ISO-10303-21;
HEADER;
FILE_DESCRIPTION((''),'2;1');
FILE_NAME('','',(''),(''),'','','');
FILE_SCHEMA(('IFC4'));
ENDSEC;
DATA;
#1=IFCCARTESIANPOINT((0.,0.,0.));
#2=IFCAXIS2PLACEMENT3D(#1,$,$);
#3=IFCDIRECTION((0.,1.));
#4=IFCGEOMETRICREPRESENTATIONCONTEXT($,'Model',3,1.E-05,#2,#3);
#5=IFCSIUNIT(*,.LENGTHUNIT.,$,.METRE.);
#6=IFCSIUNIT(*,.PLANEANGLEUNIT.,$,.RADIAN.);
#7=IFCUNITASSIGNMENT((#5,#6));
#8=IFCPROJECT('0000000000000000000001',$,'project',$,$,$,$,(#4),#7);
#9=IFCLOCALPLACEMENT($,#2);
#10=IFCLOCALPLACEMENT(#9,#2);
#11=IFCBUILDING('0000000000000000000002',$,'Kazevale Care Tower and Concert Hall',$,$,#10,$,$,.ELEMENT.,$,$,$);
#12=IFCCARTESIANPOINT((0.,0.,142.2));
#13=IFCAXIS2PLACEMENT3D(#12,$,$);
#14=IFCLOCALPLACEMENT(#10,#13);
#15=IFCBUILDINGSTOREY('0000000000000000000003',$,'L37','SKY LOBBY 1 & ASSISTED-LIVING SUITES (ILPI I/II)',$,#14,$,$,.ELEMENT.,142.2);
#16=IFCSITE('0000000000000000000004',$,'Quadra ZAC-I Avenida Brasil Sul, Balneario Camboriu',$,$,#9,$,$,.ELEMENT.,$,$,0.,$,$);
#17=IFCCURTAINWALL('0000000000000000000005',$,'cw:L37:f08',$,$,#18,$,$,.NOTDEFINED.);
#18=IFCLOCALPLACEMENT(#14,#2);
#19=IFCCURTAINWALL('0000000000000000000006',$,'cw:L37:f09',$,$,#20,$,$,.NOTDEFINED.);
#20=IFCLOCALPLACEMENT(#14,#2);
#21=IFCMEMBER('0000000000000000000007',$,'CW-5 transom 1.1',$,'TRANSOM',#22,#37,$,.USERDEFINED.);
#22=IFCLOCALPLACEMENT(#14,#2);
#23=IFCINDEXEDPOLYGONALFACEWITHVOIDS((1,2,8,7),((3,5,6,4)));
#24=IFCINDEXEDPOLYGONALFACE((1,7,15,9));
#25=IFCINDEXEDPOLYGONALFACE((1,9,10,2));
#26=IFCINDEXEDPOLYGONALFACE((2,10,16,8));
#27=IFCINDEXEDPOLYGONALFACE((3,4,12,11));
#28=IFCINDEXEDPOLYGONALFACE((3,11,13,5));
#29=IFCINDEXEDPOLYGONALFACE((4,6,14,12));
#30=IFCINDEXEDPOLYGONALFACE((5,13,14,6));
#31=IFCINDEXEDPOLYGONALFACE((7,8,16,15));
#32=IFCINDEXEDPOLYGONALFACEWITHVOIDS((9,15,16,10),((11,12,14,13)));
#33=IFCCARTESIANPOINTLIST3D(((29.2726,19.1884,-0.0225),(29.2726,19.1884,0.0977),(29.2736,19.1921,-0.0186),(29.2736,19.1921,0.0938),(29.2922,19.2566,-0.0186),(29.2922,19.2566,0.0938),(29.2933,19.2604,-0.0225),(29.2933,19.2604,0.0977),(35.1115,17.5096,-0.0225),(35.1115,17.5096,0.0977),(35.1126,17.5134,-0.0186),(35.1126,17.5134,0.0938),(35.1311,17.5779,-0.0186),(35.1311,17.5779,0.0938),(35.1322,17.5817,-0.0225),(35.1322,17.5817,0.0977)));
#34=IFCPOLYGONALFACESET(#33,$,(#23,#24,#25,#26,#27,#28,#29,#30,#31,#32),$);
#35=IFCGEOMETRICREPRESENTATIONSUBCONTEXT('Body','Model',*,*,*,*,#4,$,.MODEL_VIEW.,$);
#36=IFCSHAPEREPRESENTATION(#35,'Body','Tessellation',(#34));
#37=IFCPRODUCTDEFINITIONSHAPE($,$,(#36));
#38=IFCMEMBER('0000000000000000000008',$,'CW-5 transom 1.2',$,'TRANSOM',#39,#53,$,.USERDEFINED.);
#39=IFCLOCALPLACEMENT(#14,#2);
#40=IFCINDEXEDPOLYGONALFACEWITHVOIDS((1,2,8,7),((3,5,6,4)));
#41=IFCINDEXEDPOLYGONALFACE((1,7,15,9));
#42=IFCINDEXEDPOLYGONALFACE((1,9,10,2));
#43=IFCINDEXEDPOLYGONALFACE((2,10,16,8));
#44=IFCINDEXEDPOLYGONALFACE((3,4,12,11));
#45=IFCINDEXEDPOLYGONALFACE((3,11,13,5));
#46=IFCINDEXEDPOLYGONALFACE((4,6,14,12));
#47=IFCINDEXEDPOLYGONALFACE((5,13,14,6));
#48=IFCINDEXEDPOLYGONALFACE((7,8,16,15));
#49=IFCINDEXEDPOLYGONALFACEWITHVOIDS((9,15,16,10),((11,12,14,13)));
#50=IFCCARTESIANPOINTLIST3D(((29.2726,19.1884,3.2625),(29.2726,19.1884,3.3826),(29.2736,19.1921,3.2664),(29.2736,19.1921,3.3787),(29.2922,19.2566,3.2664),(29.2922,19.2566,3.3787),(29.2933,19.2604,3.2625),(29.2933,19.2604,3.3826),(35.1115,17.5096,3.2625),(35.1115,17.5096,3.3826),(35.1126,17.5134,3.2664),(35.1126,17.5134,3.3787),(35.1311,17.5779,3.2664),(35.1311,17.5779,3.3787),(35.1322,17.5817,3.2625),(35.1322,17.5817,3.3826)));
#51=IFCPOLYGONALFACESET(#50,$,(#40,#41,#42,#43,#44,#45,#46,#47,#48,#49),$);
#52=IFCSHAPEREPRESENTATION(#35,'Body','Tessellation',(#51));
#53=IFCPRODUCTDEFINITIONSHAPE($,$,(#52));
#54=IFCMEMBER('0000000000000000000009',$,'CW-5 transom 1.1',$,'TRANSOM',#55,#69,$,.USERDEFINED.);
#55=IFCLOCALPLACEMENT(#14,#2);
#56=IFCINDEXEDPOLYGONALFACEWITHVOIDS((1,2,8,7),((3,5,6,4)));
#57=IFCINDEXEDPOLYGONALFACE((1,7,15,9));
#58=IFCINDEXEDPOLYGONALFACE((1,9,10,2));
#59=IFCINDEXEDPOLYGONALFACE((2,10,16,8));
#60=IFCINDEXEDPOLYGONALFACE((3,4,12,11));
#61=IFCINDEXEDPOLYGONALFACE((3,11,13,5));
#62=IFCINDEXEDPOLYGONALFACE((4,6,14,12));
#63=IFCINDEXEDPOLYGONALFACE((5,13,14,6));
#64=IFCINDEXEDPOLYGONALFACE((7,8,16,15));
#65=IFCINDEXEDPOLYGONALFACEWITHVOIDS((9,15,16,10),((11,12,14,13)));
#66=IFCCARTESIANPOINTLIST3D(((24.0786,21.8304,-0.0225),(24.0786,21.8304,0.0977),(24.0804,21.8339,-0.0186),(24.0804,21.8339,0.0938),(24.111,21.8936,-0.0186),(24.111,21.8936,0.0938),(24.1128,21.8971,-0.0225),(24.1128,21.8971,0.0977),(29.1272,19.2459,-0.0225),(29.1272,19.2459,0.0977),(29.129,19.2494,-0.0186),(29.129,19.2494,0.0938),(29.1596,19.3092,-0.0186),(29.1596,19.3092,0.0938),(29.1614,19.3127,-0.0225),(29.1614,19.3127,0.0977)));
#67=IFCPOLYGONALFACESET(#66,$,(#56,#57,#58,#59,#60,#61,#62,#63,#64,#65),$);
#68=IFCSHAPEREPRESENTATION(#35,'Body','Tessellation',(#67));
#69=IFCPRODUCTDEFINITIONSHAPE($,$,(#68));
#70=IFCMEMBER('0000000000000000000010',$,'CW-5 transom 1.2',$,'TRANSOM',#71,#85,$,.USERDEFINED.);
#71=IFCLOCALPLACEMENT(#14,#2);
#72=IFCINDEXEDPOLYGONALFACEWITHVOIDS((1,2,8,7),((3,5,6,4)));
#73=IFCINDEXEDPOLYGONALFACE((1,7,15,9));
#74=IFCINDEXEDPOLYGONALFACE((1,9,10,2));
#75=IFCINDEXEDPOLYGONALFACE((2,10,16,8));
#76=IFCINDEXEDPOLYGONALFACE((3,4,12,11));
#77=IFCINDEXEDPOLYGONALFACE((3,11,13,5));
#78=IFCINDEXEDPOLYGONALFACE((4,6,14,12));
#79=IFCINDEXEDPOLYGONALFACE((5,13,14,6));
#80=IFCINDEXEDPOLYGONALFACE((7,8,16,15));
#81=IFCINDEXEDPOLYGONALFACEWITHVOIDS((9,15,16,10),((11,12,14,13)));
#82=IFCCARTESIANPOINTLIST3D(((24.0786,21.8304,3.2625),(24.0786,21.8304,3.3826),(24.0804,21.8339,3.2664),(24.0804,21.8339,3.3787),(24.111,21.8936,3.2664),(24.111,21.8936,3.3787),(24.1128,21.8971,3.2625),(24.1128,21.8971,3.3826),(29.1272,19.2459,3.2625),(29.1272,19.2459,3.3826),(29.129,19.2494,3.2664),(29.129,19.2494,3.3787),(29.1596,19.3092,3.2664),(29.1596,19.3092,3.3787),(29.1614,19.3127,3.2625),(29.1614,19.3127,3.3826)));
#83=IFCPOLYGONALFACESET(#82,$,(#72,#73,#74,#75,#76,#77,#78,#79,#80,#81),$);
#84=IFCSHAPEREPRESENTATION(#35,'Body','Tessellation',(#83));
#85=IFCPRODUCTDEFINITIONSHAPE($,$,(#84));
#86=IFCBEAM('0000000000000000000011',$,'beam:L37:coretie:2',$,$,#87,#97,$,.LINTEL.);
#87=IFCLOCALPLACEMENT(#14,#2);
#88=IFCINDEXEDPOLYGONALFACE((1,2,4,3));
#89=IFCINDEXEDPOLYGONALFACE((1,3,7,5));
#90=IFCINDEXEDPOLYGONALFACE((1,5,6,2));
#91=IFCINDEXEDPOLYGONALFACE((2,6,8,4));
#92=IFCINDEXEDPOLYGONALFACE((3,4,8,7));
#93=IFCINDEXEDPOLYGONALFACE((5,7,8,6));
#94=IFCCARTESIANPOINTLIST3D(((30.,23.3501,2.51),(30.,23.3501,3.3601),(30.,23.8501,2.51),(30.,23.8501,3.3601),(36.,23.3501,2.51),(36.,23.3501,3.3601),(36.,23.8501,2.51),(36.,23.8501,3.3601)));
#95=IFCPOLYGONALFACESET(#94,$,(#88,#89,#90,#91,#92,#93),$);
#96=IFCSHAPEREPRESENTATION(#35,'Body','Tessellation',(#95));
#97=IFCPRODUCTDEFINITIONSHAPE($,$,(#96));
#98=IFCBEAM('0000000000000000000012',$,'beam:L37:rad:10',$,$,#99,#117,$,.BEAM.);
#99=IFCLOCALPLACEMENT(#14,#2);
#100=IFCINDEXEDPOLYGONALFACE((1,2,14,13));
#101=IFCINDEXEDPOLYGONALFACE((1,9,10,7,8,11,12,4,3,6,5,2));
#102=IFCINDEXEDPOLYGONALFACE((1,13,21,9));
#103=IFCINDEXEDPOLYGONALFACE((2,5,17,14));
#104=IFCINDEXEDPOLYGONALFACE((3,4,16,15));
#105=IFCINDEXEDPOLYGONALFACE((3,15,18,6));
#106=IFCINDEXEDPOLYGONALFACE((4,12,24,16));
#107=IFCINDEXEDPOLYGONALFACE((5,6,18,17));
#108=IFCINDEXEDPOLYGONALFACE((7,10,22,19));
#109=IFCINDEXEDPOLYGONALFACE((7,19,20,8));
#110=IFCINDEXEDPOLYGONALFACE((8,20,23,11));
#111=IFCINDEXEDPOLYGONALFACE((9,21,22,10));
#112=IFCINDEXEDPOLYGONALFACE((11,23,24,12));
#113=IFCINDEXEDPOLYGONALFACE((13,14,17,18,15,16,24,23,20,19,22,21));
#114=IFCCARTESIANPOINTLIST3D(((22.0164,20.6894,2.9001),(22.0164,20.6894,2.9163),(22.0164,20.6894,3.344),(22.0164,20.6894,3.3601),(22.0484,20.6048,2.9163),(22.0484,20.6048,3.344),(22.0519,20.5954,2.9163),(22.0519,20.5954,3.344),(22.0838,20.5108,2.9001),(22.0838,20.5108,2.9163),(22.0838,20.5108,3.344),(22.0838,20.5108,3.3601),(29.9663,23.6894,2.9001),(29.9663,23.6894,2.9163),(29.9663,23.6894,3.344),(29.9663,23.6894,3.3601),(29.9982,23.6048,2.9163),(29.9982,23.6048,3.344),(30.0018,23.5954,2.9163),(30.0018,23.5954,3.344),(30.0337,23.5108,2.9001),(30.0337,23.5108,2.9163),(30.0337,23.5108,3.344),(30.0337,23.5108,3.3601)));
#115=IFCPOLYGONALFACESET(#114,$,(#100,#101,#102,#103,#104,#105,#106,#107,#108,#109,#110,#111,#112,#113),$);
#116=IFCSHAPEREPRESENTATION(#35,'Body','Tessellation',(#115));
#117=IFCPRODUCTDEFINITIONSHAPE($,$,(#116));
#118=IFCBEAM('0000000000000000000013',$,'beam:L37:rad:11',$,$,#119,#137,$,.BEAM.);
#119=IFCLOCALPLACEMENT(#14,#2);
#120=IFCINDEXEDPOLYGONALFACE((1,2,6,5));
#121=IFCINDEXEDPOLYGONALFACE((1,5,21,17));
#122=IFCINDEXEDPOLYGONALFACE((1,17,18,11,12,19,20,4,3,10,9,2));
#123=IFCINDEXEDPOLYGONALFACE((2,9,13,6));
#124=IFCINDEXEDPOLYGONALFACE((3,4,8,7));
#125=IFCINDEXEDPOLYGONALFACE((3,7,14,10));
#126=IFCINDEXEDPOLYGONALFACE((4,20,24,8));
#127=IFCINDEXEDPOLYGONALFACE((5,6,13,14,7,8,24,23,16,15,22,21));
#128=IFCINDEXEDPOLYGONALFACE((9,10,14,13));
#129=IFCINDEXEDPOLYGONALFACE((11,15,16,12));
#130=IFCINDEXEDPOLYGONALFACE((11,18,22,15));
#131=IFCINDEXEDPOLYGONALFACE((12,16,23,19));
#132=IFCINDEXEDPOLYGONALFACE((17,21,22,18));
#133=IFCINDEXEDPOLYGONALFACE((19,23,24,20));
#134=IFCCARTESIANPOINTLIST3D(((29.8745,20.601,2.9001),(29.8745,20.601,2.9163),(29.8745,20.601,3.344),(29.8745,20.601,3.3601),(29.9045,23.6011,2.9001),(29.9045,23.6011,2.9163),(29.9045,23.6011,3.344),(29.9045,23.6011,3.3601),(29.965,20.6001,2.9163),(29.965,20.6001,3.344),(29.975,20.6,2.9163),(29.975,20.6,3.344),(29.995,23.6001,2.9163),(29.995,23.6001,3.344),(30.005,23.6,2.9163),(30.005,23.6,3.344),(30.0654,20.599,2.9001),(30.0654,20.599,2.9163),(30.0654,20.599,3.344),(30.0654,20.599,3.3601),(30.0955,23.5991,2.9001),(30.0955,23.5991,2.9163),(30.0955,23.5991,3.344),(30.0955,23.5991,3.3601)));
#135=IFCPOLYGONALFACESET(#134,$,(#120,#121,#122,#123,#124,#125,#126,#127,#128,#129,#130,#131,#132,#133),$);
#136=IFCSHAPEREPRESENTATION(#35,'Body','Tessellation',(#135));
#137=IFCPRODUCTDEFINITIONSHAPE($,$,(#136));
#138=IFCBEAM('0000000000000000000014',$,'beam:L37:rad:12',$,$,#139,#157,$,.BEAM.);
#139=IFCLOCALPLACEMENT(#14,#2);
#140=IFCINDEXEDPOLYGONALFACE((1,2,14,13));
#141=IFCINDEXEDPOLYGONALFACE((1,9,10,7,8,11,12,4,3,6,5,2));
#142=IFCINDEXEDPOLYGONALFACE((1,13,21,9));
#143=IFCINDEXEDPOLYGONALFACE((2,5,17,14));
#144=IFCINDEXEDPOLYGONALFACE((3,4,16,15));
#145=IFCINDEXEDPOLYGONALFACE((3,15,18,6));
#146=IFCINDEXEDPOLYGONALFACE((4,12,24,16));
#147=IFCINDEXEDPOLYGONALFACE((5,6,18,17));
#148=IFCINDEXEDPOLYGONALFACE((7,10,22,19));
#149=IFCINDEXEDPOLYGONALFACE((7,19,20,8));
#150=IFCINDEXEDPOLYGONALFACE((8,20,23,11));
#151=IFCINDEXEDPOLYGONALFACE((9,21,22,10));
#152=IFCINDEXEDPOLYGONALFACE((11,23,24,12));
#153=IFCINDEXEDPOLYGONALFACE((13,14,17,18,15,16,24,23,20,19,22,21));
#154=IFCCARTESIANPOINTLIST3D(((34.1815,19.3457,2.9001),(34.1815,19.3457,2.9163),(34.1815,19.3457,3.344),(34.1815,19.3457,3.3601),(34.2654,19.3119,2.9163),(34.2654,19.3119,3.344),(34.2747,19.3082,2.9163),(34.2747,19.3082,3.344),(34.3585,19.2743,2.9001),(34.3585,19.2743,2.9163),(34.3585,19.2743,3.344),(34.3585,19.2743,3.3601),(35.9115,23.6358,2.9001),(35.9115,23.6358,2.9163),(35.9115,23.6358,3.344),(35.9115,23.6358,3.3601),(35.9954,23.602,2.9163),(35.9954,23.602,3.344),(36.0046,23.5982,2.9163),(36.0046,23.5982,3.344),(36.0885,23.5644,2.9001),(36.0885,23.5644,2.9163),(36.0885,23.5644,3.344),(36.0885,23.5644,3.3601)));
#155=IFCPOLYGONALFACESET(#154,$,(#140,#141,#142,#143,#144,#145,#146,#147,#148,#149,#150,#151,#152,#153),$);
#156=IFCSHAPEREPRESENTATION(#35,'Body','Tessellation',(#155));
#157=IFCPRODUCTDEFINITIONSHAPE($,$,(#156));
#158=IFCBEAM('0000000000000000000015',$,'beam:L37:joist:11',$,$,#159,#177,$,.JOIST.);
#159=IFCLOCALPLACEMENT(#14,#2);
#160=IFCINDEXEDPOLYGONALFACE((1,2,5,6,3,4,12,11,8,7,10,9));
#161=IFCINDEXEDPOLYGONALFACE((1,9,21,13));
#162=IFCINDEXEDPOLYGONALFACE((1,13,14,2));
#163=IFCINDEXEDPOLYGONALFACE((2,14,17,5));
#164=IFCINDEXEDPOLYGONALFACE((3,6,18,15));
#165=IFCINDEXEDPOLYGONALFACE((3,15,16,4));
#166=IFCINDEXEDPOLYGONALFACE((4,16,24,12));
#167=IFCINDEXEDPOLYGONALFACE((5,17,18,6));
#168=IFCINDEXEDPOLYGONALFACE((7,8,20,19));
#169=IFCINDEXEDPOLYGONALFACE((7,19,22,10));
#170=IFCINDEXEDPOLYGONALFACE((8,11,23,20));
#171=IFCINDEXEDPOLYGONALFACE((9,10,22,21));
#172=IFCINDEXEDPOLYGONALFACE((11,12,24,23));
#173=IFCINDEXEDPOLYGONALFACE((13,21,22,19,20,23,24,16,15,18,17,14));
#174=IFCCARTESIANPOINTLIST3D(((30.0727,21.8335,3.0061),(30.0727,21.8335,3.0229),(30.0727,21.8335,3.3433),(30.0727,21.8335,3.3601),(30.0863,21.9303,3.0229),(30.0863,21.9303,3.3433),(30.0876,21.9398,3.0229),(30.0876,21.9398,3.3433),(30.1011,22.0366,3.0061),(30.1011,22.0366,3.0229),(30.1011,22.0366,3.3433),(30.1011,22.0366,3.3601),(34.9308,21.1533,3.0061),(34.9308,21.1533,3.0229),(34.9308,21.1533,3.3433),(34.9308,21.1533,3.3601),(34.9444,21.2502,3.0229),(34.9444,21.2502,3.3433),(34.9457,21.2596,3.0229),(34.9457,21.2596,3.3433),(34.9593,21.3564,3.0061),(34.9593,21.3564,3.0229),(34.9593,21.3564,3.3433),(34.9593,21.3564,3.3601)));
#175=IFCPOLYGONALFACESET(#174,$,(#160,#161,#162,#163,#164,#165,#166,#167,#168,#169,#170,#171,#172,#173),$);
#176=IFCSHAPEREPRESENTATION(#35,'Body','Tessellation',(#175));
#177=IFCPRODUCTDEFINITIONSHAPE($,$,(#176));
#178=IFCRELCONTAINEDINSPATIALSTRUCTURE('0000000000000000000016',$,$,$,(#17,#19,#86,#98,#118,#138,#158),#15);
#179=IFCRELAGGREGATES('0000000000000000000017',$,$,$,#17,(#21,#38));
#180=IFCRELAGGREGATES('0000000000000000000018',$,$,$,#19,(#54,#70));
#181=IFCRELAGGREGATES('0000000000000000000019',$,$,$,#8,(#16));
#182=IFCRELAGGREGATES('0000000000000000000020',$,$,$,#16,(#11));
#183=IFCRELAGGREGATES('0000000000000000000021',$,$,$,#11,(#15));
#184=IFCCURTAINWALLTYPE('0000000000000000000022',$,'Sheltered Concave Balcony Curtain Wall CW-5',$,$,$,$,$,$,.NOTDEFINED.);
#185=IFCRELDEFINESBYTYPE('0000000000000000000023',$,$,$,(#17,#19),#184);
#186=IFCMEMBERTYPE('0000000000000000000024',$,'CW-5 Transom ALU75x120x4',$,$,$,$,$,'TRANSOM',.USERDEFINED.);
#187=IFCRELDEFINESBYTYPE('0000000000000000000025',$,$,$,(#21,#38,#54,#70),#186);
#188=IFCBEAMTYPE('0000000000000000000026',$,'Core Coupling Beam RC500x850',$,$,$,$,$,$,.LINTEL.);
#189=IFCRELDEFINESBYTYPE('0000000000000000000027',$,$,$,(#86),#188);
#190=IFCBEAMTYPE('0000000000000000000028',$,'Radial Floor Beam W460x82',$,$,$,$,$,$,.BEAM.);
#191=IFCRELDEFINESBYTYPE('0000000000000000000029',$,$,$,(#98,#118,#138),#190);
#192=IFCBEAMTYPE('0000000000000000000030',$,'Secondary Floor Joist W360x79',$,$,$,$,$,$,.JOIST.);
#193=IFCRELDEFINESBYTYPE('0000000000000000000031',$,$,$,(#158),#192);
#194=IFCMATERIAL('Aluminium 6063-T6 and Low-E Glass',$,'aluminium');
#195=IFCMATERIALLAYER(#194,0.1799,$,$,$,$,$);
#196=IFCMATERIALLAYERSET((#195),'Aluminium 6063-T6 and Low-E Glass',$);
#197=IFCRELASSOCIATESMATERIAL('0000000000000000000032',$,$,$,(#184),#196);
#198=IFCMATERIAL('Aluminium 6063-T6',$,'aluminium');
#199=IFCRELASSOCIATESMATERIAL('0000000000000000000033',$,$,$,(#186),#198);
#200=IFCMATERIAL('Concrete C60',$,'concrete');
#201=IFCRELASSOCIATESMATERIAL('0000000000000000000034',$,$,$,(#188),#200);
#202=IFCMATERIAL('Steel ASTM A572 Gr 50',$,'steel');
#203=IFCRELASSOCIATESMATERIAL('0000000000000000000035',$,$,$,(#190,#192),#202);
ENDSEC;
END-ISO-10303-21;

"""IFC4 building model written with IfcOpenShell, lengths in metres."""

from ifc_helpers import new_model, si_unit, direction, frame, origin, origin_2d, place, context, subcontext, project, spatial, rectangle, hollow_rectangle, i_section, extrude, material, layer, layer_set, material_profile, profile_set, type_object, element, aggregate, save


model = new_model("IFC4")

# Units and contexts
model_context = context("Model", 3, precision=1e-05, world=origin(), true_north=direction((0.0, 1.0)))
body_context = subcontext(model_context, "Body", "Model", "MODEL_VIEW")
ifc_project = project(units=[si_unit("LENGTHUNIT", "METRE"), si_unit("PLANEANGLEUNIT", "RADIAN")], contexts=[model_context])

# Site, building, storey
site_placement = place(None, origin())
site = spatial("IfcSite", under=ifc_project, at=site_placement, Name="Quadra ZAC-I Avenida Brasil Sul, Balneario Camboriu", CompositionType="ELEMENT", RefElevation=0.0)
building_placement = place(site_placement, origin())
building = spatial("IfcBuilding", under=site, at=building_placement, Name="Kazevale Care Tower and Concert Hall", CompositionType="ELEMENT")
storey_placement = place(building_placement, frame((0.0, 0.0, 142.2)))
storey = spatial("IfcBuildingStorey", under=building, at=storey_placement, Name="L37", Description="SKY LOBBY 1 & ASSISTED-LIVING SUITES (ILPI I/II)", CompositionType="ELEMENT", Elevation=142.2)

# Shared definitions
ifc_material_1 = material(Name="Concrete C60", Category="concrete")

# Shared definitions
ifc_material_2 = material(Name="Aluminium 6063-T6 and Low-E Glass", Category="aluminium")
ifc_layer_1 = layer(ifc_material_2, 0.1799)
ifc_layer_set_1 = layer_set([ifc_layer_1], Name="Aluminium 6063-T6 and Low-E Glass")
curtain_wall_type = type_object("IfcCurtainWallType", Name="Sheltered Concave Balcony Curtain Wall CW-5", PredefinedType="NOTDEFINED", material=ifc_layer_set_1)
ifc_material_3 = material(Name="Aluminium 6063-T6", Category="aluminium")

# Curtain wall
curtain_wall_1_placement = place(storey_placement, origin())
curtain_wall_1 = element("IfcCurtainWall", 1, at=curtain_wall_1_placement, inside=storey, type_object=curtain_wall_type, Name="cw:L37:f08", PredefinedType="NOTDEFINED")

# Curtain wall
curtain_wall_2_placement = place(storey_placement, origin())
curtain_wall_2 = element("IfcCurtainWall", 2, at=curtain_wall_2_placement, inside=storey, type_object=curtain_wall_type, Name="cw:L37:f09", PredefinedType="NOTDEFINED")

# Members
ifc_material_profile_1 = material_profile(ifc_material_3, hollow_rectangle(XDim=0.075, YDim=0.1201, WallThickness=0.0039, at=origin_2d()), Name="ALU75x120x4")
ifc_profile_set_1 = profile_set([ifc_material_profile_1], Name="Aluminium 6063-T6")
member_type_1 = type_object("IfcMemberType", Name="CW-5 Transom ALU75x120x4", ElementType="TRANSOM", PredefinedType="USERDEFINED", material=ifc_profile_set_1)
member_1_placement = place(storey_placement, frame((35.1218, 17.5457, 0.0376), z_axis=(-0.961068, 0.276313, 0.0), x_axis=(-0.276313, -0.961068, 0.0)))
member_1 = element("IfcMember", 3, at=member_1_placement, type_object=member_type_1, Name="CW-5 transom 1.1", ObjectType="TRANSOM", PredefinedType="USERDEFINED", context=body_context, shape_type="SweptSolid", body=[
    extrude(hollow_rectangle(XDim=0.075, YDim=0.1201, WallThickness=0.0039, at=origin_2d()), origin(), (0.0, 0.0, 1.0), 6.0754),
])
member_2_placement = place(storey_placement, frame((35.1218, 17.5457, 3.3225), z_axis=(-0.961068, 0.276313, 0.0), x_axis=(-0.276313, -0.961068, 0.0)))
member_2 = element("IfcMember", 4, at=member_2_placement, type_object=member_type_1, Name="CW-5 transom 1.2", ObjectType="TRANSOM", PredefinedType="USERDEFINED", context=body_context, shape_type="SweptSolid", body=[
    extrude(hollow_rectangle(XDim=0.075, YDim=0.1201, WallThickness=0.0039, at=origin_2d()), origin(), (0.0, 0.0, 1.0), 6.0754),
])
member_3_placement = place(storey_placement, frame((29.1443, 19.2793, 0.0376), z_axis=(-0.890143, 0.455682, 0.0), x_axis=(-0.455682, -0.890143, 0.0)))
member_3 = element("IfcMember", 5, at=member_3_placement, type_object=member_type_1, Name="CW-5 transom 1.1", ObjectType="TRANSOM", PredefinedType="USERDEFINED", context=body_context, shape_type="SweptSolid", body=[
    extrude(hollow_rectangle(XDim=0.075, YDim=0.1201, WallThickness=0.0039, at=origin_2d()), origin(), (0.0, 0.0, 1.0), 5.6716),
])
member_4_placement = place(storey_placement, frame((29.1443, 19.2793, 3.3225), z_axis=(-0.890143, 0.455682, 0.0), x_axis=(-0.455682, -0.890143, 0.0)))
member_4 = element("IfcMember", 6, at=member_4_placement, type_object=member_type_1, Name="CW-5 transom 1.2", ObjectType="TRANSOM", PredefinedType="USERDEFINED", context=body_context, shape_type="SweptSolid", body=[
    extrude(hollow_rectangle(XDim=0.075, YDim=0.1201, WallThickness=0.0039, at=origin_2d()), origin(), (0.0, 0.0, 1.0), 5.6716),
])

# Beams
ifc_material_profile_2 = material_profile(ifc_material_1, rectangle(XDim=0.5, YDim=0.8501, at=origin_2d()), Name="RC-B500x850")
ifc_profile_set_2 = profile_set([ifc_material_profile_2], Name="Concrete C60")
beam_type_1 = type_object("IfcBeamType", Name="Core Coupling Beam RC500x850", PredefinedType="LINTEL", material=ifc_profile_set_2)
beam_1_placement = place(storey_placement, frame((30.0, 23.6001, 2.9351), z_axis=(1.0, 0.0, 0.0), x_axis=(0.0, 1.0, 0.0)))
element("IfcBeam", 7, at=beam_1_placement, inside=storey, type_object=beam_type_1, Name="beam:L37:coretie:2", PredefinedType="LINTEL", context=body_context, shape_type="SweptSolid", body=[
    extrude(rectangle(XDim=0.5, YDim=0.8501, at=origin_2d()), origin(), (0.0, 0.0, 1.0), 6.0),
])
ifc_material_4 = material(Name="Steel ASTM A572 Gr 50", Category="steel")
ifc_material_profile_3 = material_profile(ifc_material_4, i_section(OverallWidth=0.1909, OverallDepth=0.46, WebThickness=0.01, FlangeThickness=0.0161, at=origin_2d()), Name="W460x82")
ifc_profile_set_3 = profile_set([ifc_material_profile_3], Name="Steel ASTM A572 Gr 50")
beam_type_2 = type_object("IfcBeamType", Name="Radial Floor Beam W460x82", PredefinedType="BEAM", material=ifc_profile_set_3)
beam_2_placement = place(storey_placement, frame((30.0, 23.6001, 3.1301), z_axis=(-0.935601, -0.353059, 0.0), x_axis=(0.353059, -0.935601, 0.0)))
element("IfcBeam", 8, at=beam_2_placement, inside=storey, type_object=beam_type_2, Name="beam:L37:rad:10", PredefinedType="BEAM", context=body_context, shape_type="SweptSolid", body=[
    extrude(i_section(OverallWidth=0.1909, OverallDepth=0.46, WebThickness=0.01, FlangeThickness=0.0161, at=origin_2d()), origin(), (0.0, 0.0, 1.0), 8.4971),
])
beam_3_placement = place(storey_placement, frame((30.0, 23.6001, 3.1301), z_axis=(-0.010009, -0.99995, 0.0), x_axis=(0.99995, -0.010009, 0.0)))
element("IfcBeam", 9, at=beam_3_placement, inside=storey, type_object=beam_type_2, Name="beam:L37:rad:11", PredefinedType="BEAM", context=body_context, shape_type="SweptSolid", body=[
    extrude(i_section(OverallWidth=0.1909, OverallDepth=0.46, WebThickness=0.01, FlangeThickness=0.0161, at=origin_2d()), origin(), (0.0, 0.0, 1.0), 3.0002),
])
beam_4_placement = place(storey_placement, frame((36.0, 23.6001, 3.1301), z_axis=(-0.373992, -0.927432, 0.0), x_axis=(0.927432, -0.373992, 0.0)))
element("IfcBeam", 10, at=beam_4_placement, inside=storey, type_object=beam_type_2, Name="beam:L37:rad:12", PredefinedType="BEAM", context=body_context, shape_type="SweptSolid", body=[
    extrude(i_section(OverallWidth=0.1909, OverallDepth=0.46, WebThickness=0.01, FlangeThickness=0.0161, at=origin_2d()), origin(), (0.0, 0.0, 1.0), 4.6257),
])
ifc_material_profile_4 = material_profile(ifc_material_4, i_section(OverallWidth=0.2051, OverallDepth=0.354, WebThickness=0.0095, FlangeThickness=0.0168, at=origin_2d()), Name="W360x79")
ifc_profile_set_4 = profile_set([ifc_material_profile_4], Name="Steel ASTM A572 Gr 50")
beam_type_3 = type_object("IfcBeamType", Name="Secondary Floor Joist W360x79", PredefinedType="JOIST", material=ifc_profile_set_4)
beam_5_placement = place(storey_placement, frame((30.0869, 21.9351, 3.1831), z_axis=(0.990341, -0.138655, 0.0), x_axis=(0.138655, 0.990341, 0.0)))
element("IfcBeam", 11, at=beam_5_placement, inside=storey, type_object=beam_type_3, Name="beam:L37:joist:11", PredefinedType="JOIST", context=body_context, shape_type="SweptSolid", body=[
    extrude(i_section(OverallWidth=0.2051, OverallDepth=0.354, WebThickness=0.0095, FlangeThickness=0.0168, at=origin_2d()), origin(), (0.0, 0.0, 1.0), 4.9055),
])

aggregate(curtain_wall_1, [member_1, member_2])
aggregate(curtain_wall_2, [member_3, member_4])

save(model, "model.ifc")
